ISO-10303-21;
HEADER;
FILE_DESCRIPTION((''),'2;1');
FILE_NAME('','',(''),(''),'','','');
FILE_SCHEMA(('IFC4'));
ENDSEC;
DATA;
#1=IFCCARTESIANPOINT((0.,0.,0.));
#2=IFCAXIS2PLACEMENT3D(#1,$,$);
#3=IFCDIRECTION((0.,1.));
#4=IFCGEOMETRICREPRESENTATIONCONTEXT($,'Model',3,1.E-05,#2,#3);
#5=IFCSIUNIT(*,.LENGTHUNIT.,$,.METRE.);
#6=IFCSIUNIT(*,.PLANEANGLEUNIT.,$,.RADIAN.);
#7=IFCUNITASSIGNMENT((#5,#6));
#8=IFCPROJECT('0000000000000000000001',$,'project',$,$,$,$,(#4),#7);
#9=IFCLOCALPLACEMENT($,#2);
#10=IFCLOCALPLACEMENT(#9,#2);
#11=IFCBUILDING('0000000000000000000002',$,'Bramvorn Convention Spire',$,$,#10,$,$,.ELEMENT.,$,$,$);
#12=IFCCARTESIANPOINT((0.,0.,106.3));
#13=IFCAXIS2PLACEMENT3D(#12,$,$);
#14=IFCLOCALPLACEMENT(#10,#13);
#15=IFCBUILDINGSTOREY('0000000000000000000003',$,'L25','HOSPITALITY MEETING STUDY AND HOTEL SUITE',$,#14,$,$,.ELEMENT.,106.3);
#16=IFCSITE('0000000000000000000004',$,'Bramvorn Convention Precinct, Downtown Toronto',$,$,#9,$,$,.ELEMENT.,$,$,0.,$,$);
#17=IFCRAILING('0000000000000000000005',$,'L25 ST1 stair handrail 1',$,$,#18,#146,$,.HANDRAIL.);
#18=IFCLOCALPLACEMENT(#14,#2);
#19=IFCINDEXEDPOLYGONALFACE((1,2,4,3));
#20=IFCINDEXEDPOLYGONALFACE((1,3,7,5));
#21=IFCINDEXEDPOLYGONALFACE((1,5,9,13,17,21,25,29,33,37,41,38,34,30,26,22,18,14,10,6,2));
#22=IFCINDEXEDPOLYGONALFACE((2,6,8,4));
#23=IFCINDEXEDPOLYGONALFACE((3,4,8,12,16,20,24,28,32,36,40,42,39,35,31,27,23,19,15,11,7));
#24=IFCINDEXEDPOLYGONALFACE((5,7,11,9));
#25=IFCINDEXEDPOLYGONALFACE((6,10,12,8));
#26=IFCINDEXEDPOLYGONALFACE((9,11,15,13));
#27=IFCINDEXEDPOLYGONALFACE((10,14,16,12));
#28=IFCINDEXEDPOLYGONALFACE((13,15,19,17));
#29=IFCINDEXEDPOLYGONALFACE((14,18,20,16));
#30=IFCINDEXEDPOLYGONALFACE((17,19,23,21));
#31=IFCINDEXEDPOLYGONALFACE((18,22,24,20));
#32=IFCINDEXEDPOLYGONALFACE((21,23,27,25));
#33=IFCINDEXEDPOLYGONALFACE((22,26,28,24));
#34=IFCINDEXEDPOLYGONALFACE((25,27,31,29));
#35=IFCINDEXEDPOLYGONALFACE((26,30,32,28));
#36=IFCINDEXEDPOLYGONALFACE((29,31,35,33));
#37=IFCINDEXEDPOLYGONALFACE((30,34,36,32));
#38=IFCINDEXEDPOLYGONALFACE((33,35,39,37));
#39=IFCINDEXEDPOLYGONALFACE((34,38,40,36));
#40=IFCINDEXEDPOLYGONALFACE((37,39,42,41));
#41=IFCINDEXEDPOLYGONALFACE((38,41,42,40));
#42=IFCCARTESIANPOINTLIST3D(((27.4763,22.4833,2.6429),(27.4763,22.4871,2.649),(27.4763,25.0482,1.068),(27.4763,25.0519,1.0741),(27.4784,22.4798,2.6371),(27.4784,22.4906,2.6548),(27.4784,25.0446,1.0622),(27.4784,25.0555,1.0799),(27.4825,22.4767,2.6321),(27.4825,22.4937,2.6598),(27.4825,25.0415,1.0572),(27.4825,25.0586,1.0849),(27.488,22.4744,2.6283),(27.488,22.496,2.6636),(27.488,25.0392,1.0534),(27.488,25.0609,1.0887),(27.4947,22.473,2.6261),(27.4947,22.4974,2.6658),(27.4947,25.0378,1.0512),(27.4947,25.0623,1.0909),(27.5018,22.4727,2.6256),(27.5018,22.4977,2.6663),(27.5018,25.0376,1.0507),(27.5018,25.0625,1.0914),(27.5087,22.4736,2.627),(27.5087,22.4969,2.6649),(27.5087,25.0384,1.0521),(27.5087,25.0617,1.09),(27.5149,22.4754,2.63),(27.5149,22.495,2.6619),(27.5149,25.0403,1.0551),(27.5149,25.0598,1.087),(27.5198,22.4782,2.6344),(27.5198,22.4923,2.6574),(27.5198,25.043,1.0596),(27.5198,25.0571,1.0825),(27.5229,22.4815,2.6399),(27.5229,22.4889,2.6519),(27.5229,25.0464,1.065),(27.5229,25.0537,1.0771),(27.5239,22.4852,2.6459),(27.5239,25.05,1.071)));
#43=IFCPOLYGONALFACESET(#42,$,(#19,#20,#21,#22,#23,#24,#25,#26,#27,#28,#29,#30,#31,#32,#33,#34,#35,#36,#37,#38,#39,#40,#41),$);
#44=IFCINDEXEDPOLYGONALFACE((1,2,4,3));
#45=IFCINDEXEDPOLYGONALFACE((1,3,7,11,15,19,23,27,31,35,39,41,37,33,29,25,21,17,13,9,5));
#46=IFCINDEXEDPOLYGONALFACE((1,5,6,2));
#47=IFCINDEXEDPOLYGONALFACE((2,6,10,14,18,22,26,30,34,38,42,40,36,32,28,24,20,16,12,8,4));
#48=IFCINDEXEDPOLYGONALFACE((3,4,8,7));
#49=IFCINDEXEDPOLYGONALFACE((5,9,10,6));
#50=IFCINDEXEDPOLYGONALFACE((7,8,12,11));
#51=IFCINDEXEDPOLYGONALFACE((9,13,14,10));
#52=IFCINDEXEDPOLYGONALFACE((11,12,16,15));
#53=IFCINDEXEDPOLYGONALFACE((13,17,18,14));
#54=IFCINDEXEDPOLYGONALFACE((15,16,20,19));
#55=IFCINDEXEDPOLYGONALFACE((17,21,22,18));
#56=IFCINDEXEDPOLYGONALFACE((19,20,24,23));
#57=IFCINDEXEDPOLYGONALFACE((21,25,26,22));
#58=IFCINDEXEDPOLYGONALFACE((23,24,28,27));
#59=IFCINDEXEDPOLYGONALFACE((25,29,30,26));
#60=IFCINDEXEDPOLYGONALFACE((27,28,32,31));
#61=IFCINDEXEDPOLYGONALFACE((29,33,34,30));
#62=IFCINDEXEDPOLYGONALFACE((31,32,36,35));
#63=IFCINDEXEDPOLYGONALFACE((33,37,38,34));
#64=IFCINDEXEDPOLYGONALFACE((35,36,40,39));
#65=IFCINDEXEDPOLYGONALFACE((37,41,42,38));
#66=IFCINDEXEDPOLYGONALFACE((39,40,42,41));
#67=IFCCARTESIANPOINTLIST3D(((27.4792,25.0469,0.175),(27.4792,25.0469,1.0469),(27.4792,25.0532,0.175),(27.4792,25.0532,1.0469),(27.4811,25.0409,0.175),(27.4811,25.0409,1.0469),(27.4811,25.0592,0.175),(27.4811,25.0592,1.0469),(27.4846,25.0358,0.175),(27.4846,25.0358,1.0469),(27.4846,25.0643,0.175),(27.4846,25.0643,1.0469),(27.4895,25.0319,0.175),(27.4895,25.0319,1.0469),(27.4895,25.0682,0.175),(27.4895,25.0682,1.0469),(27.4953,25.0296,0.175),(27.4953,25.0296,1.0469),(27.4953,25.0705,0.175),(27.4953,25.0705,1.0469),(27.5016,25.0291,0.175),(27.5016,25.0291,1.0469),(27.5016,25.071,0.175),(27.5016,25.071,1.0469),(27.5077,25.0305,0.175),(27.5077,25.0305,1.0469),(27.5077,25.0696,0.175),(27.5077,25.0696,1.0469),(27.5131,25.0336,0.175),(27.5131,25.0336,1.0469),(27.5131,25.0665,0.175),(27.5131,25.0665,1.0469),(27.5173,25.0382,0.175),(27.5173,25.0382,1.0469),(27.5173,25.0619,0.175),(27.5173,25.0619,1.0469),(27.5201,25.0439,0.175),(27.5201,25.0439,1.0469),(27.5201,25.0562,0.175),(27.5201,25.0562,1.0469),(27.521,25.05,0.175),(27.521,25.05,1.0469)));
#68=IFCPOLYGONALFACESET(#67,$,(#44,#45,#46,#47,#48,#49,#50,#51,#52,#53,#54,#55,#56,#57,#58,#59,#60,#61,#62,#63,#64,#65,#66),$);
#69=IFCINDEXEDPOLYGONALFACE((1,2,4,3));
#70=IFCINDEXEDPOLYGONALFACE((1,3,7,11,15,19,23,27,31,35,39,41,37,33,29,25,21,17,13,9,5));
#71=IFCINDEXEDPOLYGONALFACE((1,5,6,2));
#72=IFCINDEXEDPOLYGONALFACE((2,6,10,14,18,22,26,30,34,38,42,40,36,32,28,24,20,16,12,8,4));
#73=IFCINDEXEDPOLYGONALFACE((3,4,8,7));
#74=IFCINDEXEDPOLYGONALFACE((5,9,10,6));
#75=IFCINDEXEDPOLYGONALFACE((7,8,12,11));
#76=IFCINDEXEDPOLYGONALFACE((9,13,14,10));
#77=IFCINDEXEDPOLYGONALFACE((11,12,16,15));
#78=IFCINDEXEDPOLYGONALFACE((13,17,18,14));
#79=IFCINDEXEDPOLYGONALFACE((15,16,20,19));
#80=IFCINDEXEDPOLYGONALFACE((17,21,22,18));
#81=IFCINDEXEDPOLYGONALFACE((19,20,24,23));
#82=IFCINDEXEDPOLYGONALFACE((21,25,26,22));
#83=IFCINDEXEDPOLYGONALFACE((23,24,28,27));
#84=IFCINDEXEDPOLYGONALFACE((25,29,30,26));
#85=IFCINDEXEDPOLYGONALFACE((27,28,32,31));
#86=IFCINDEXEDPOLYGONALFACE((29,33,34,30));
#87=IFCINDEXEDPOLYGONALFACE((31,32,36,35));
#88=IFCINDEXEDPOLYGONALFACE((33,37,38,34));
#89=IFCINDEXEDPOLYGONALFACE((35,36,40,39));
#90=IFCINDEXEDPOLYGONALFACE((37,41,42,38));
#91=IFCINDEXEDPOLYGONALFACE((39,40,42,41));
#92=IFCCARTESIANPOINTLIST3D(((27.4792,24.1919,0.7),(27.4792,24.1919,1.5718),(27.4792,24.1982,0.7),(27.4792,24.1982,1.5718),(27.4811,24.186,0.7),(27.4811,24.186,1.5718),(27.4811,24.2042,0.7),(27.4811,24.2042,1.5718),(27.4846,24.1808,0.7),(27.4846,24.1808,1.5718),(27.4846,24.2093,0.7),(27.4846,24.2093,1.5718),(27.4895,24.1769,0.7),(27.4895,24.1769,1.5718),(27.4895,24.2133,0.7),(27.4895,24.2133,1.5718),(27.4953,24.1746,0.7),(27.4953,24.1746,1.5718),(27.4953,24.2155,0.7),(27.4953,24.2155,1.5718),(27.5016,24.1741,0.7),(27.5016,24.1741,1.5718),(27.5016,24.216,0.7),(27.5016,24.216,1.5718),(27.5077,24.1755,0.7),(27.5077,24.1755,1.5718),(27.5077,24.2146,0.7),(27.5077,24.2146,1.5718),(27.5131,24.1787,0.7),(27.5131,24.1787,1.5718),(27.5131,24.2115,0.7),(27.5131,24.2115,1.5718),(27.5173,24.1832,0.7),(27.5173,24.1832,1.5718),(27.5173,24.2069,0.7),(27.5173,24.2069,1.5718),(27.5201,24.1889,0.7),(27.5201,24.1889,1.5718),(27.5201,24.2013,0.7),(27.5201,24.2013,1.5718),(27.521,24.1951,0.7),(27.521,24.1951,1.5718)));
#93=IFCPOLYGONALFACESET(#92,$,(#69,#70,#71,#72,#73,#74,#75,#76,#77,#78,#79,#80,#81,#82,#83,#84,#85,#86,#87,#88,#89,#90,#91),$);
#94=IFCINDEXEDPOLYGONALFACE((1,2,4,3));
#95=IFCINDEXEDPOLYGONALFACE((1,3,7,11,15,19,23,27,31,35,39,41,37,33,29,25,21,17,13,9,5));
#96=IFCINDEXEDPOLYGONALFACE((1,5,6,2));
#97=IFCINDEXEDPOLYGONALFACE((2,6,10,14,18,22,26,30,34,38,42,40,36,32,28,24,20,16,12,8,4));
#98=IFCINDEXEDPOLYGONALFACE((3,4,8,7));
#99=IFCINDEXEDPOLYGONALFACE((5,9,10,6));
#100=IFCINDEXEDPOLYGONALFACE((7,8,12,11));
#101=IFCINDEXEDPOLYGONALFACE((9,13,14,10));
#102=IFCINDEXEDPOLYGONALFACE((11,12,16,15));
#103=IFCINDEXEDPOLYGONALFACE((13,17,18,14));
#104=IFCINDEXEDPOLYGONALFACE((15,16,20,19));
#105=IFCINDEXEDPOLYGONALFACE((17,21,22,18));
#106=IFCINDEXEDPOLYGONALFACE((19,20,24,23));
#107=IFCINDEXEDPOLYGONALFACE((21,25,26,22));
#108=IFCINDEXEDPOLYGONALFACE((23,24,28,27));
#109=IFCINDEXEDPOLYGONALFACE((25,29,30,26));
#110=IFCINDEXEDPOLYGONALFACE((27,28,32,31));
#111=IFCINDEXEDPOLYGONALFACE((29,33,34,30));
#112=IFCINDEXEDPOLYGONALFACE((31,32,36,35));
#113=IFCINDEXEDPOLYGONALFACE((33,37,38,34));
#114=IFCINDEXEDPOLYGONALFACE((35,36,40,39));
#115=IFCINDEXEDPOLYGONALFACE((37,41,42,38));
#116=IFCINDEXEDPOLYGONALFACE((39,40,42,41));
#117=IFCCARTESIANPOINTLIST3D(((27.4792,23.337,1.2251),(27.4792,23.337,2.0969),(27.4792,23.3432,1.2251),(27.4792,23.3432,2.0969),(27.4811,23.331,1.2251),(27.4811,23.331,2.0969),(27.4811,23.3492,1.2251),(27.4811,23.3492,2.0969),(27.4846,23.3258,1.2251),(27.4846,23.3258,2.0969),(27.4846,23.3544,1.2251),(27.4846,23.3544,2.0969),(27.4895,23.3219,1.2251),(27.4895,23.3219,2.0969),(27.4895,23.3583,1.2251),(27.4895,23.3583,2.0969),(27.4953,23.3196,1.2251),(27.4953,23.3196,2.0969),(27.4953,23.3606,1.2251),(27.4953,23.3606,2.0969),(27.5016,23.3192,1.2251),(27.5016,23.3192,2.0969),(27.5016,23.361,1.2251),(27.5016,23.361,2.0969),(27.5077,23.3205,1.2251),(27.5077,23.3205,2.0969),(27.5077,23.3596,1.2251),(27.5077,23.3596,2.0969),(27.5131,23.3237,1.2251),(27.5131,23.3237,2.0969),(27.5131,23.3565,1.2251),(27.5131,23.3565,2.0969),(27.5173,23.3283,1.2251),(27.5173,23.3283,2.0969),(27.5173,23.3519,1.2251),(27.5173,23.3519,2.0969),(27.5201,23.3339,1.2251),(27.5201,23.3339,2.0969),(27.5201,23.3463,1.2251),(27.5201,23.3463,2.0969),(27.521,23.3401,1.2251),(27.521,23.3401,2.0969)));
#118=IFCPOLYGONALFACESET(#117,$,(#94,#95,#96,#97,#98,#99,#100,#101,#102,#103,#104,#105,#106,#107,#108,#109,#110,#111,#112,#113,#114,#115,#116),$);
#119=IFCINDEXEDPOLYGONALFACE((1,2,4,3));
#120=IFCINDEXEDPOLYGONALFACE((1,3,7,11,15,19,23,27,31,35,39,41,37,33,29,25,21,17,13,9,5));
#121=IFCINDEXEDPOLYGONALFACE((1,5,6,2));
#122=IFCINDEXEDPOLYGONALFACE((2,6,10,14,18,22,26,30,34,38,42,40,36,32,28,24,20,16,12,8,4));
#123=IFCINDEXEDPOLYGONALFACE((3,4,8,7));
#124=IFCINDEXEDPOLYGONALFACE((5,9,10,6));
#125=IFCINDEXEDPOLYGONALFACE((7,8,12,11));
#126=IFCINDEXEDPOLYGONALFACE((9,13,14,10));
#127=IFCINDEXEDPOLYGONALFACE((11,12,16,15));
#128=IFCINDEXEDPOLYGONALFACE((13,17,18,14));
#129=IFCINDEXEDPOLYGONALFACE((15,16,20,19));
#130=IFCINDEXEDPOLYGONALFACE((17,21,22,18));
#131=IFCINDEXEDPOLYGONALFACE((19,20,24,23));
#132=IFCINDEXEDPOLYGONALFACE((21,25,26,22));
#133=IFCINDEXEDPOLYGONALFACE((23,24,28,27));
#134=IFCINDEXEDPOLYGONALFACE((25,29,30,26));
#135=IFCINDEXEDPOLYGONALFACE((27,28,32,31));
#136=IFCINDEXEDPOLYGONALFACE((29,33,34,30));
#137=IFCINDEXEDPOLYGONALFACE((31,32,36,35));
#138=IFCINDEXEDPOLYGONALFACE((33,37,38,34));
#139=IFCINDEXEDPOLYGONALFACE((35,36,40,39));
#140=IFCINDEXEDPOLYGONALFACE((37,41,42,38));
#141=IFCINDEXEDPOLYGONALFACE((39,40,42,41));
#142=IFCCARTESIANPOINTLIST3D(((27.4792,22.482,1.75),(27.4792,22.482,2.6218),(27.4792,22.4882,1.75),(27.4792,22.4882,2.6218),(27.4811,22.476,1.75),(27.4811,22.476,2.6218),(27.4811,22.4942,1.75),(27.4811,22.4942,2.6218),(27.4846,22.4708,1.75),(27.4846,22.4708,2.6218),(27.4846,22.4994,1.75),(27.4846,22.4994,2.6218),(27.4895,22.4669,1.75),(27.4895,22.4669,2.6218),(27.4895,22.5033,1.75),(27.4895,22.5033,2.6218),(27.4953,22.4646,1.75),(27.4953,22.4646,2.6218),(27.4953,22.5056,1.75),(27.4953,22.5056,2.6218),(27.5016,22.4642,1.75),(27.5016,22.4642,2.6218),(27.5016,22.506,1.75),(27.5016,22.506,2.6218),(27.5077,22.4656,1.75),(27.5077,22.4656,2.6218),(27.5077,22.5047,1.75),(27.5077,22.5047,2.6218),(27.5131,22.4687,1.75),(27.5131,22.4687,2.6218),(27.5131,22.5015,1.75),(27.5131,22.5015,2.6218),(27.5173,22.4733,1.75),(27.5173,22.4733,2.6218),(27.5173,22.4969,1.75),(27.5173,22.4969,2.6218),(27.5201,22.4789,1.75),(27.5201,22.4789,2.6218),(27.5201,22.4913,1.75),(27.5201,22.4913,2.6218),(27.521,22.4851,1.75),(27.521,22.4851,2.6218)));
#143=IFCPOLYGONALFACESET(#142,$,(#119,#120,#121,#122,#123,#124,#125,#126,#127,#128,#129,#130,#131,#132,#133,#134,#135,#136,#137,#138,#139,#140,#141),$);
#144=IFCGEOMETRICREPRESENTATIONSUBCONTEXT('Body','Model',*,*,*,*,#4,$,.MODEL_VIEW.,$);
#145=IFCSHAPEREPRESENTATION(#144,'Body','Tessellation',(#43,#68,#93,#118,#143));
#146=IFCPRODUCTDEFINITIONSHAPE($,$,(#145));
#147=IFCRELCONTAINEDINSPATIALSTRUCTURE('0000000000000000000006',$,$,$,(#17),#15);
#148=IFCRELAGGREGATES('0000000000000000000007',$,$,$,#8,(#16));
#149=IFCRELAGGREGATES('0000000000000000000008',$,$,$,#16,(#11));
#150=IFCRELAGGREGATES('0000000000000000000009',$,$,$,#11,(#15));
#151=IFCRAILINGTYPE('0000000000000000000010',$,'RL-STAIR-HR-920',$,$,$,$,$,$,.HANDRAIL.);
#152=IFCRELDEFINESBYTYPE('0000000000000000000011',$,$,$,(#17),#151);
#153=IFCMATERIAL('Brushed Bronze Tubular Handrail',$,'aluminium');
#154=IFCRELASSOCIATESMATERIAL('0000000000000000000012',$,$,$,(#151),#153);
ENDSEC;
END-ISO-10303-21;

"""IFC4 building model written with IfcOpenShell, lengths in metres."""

from ifc_helpers import new_model, si_unit, direction, frame, origin, origin_2d, place, context, subcontext, project, spatial, circle, extrude, material, type_object, element, save


model = new_model("IFC4")

# Units and contexts
model_context = context("Model", 3, precision=1e-05, world=origin(), true_north=direction((0.0, 1.0)))
body_context = subcontext(model_context, "Body", "Model", "MODEL_VIEW")
ifc_project = project(units=[si_unit("LENGTHUNIT", "METRE"), si_unit("PLANEANGLEUNIT", "RADIAN")], contexts=[model_context])

# Site, building, storey
site_placement = place(None, origin())
site = spatial("IfcSite", under=ifc_project, at=site_placement, Name="Bramvorn Convention Precinct, Downtown Toronto", CompositionType="ELEMENT", RefElevation=0.0)
building_placement = place(site_placement, origin())
building = spatial("IfcBuilding", under=site, at=building_placement, Name="Bramvorn Convention Spire", CompositionType="ELEMENT")
storey_placement = place(building_placement, frame((0.0, 0.0, 106.3)))
storey = spatial("IfcBuildingStorey", under=building, at=storey_placement, Name="L25", Description="HOSPITALITY MEETING STUDY AND HOTEL SUITE", CompositionType="ELEMENT", Elevation=106.3)

# Railing
ifc_material_1 = material(Name="Brushed Bronze Tubular Handrail", Category="aluminium")
railing_type_1 = type_object("IfcRailingType", Name="RL-STAIR-HR-920", PredefinedType="HANDRAIL", material=ifc_material_1)
for number, where, name in (
    (1, (27.5, 25.05, 0.175), "L25 ST1 stair handrail 1"),
):
    element("IfcRailing", number, at=place(storey_placement, frame(where)), inside=storey, type_object=railing_type_1, Name=name, PredefinedType="HANDRAIL", context=body_context, shape_type="SweptSolid", body=[
        extrude(circle(Radius=0.0239, at=origin_2d()), frame((0.0, 0.0, 0.896), z_axis=(0.0, -0.852173, 0.52326), x_axis=(1.0, 0.0, 0.0)), (0.0, 0.0, 1.0), 3.0098),
        extrude(circle(Radius=0.021, at=origin_2d()), origin(), (0.0, 0.0, 1.0), 0.8718),
        extrude(circle(Radius=0.021, at=origin_2d()), frame((0.0, -0.855, 0.5249)), (0.0, 0.0, 1.0), 0.8718),
        extrude(circle(Radius=0.021, at=origin_2d()), frame((0.0, -1.71, 1.05)), (0.0, 0.0, 1.0), 0.8718),
        extrude(circle(Radius=0.021, at=origin_2d()), frame((0.0, -2.5649, 1.575)), (0.0, 0.0, 1.0), 0.8718),
    ])

save(model, "model.ifc")
